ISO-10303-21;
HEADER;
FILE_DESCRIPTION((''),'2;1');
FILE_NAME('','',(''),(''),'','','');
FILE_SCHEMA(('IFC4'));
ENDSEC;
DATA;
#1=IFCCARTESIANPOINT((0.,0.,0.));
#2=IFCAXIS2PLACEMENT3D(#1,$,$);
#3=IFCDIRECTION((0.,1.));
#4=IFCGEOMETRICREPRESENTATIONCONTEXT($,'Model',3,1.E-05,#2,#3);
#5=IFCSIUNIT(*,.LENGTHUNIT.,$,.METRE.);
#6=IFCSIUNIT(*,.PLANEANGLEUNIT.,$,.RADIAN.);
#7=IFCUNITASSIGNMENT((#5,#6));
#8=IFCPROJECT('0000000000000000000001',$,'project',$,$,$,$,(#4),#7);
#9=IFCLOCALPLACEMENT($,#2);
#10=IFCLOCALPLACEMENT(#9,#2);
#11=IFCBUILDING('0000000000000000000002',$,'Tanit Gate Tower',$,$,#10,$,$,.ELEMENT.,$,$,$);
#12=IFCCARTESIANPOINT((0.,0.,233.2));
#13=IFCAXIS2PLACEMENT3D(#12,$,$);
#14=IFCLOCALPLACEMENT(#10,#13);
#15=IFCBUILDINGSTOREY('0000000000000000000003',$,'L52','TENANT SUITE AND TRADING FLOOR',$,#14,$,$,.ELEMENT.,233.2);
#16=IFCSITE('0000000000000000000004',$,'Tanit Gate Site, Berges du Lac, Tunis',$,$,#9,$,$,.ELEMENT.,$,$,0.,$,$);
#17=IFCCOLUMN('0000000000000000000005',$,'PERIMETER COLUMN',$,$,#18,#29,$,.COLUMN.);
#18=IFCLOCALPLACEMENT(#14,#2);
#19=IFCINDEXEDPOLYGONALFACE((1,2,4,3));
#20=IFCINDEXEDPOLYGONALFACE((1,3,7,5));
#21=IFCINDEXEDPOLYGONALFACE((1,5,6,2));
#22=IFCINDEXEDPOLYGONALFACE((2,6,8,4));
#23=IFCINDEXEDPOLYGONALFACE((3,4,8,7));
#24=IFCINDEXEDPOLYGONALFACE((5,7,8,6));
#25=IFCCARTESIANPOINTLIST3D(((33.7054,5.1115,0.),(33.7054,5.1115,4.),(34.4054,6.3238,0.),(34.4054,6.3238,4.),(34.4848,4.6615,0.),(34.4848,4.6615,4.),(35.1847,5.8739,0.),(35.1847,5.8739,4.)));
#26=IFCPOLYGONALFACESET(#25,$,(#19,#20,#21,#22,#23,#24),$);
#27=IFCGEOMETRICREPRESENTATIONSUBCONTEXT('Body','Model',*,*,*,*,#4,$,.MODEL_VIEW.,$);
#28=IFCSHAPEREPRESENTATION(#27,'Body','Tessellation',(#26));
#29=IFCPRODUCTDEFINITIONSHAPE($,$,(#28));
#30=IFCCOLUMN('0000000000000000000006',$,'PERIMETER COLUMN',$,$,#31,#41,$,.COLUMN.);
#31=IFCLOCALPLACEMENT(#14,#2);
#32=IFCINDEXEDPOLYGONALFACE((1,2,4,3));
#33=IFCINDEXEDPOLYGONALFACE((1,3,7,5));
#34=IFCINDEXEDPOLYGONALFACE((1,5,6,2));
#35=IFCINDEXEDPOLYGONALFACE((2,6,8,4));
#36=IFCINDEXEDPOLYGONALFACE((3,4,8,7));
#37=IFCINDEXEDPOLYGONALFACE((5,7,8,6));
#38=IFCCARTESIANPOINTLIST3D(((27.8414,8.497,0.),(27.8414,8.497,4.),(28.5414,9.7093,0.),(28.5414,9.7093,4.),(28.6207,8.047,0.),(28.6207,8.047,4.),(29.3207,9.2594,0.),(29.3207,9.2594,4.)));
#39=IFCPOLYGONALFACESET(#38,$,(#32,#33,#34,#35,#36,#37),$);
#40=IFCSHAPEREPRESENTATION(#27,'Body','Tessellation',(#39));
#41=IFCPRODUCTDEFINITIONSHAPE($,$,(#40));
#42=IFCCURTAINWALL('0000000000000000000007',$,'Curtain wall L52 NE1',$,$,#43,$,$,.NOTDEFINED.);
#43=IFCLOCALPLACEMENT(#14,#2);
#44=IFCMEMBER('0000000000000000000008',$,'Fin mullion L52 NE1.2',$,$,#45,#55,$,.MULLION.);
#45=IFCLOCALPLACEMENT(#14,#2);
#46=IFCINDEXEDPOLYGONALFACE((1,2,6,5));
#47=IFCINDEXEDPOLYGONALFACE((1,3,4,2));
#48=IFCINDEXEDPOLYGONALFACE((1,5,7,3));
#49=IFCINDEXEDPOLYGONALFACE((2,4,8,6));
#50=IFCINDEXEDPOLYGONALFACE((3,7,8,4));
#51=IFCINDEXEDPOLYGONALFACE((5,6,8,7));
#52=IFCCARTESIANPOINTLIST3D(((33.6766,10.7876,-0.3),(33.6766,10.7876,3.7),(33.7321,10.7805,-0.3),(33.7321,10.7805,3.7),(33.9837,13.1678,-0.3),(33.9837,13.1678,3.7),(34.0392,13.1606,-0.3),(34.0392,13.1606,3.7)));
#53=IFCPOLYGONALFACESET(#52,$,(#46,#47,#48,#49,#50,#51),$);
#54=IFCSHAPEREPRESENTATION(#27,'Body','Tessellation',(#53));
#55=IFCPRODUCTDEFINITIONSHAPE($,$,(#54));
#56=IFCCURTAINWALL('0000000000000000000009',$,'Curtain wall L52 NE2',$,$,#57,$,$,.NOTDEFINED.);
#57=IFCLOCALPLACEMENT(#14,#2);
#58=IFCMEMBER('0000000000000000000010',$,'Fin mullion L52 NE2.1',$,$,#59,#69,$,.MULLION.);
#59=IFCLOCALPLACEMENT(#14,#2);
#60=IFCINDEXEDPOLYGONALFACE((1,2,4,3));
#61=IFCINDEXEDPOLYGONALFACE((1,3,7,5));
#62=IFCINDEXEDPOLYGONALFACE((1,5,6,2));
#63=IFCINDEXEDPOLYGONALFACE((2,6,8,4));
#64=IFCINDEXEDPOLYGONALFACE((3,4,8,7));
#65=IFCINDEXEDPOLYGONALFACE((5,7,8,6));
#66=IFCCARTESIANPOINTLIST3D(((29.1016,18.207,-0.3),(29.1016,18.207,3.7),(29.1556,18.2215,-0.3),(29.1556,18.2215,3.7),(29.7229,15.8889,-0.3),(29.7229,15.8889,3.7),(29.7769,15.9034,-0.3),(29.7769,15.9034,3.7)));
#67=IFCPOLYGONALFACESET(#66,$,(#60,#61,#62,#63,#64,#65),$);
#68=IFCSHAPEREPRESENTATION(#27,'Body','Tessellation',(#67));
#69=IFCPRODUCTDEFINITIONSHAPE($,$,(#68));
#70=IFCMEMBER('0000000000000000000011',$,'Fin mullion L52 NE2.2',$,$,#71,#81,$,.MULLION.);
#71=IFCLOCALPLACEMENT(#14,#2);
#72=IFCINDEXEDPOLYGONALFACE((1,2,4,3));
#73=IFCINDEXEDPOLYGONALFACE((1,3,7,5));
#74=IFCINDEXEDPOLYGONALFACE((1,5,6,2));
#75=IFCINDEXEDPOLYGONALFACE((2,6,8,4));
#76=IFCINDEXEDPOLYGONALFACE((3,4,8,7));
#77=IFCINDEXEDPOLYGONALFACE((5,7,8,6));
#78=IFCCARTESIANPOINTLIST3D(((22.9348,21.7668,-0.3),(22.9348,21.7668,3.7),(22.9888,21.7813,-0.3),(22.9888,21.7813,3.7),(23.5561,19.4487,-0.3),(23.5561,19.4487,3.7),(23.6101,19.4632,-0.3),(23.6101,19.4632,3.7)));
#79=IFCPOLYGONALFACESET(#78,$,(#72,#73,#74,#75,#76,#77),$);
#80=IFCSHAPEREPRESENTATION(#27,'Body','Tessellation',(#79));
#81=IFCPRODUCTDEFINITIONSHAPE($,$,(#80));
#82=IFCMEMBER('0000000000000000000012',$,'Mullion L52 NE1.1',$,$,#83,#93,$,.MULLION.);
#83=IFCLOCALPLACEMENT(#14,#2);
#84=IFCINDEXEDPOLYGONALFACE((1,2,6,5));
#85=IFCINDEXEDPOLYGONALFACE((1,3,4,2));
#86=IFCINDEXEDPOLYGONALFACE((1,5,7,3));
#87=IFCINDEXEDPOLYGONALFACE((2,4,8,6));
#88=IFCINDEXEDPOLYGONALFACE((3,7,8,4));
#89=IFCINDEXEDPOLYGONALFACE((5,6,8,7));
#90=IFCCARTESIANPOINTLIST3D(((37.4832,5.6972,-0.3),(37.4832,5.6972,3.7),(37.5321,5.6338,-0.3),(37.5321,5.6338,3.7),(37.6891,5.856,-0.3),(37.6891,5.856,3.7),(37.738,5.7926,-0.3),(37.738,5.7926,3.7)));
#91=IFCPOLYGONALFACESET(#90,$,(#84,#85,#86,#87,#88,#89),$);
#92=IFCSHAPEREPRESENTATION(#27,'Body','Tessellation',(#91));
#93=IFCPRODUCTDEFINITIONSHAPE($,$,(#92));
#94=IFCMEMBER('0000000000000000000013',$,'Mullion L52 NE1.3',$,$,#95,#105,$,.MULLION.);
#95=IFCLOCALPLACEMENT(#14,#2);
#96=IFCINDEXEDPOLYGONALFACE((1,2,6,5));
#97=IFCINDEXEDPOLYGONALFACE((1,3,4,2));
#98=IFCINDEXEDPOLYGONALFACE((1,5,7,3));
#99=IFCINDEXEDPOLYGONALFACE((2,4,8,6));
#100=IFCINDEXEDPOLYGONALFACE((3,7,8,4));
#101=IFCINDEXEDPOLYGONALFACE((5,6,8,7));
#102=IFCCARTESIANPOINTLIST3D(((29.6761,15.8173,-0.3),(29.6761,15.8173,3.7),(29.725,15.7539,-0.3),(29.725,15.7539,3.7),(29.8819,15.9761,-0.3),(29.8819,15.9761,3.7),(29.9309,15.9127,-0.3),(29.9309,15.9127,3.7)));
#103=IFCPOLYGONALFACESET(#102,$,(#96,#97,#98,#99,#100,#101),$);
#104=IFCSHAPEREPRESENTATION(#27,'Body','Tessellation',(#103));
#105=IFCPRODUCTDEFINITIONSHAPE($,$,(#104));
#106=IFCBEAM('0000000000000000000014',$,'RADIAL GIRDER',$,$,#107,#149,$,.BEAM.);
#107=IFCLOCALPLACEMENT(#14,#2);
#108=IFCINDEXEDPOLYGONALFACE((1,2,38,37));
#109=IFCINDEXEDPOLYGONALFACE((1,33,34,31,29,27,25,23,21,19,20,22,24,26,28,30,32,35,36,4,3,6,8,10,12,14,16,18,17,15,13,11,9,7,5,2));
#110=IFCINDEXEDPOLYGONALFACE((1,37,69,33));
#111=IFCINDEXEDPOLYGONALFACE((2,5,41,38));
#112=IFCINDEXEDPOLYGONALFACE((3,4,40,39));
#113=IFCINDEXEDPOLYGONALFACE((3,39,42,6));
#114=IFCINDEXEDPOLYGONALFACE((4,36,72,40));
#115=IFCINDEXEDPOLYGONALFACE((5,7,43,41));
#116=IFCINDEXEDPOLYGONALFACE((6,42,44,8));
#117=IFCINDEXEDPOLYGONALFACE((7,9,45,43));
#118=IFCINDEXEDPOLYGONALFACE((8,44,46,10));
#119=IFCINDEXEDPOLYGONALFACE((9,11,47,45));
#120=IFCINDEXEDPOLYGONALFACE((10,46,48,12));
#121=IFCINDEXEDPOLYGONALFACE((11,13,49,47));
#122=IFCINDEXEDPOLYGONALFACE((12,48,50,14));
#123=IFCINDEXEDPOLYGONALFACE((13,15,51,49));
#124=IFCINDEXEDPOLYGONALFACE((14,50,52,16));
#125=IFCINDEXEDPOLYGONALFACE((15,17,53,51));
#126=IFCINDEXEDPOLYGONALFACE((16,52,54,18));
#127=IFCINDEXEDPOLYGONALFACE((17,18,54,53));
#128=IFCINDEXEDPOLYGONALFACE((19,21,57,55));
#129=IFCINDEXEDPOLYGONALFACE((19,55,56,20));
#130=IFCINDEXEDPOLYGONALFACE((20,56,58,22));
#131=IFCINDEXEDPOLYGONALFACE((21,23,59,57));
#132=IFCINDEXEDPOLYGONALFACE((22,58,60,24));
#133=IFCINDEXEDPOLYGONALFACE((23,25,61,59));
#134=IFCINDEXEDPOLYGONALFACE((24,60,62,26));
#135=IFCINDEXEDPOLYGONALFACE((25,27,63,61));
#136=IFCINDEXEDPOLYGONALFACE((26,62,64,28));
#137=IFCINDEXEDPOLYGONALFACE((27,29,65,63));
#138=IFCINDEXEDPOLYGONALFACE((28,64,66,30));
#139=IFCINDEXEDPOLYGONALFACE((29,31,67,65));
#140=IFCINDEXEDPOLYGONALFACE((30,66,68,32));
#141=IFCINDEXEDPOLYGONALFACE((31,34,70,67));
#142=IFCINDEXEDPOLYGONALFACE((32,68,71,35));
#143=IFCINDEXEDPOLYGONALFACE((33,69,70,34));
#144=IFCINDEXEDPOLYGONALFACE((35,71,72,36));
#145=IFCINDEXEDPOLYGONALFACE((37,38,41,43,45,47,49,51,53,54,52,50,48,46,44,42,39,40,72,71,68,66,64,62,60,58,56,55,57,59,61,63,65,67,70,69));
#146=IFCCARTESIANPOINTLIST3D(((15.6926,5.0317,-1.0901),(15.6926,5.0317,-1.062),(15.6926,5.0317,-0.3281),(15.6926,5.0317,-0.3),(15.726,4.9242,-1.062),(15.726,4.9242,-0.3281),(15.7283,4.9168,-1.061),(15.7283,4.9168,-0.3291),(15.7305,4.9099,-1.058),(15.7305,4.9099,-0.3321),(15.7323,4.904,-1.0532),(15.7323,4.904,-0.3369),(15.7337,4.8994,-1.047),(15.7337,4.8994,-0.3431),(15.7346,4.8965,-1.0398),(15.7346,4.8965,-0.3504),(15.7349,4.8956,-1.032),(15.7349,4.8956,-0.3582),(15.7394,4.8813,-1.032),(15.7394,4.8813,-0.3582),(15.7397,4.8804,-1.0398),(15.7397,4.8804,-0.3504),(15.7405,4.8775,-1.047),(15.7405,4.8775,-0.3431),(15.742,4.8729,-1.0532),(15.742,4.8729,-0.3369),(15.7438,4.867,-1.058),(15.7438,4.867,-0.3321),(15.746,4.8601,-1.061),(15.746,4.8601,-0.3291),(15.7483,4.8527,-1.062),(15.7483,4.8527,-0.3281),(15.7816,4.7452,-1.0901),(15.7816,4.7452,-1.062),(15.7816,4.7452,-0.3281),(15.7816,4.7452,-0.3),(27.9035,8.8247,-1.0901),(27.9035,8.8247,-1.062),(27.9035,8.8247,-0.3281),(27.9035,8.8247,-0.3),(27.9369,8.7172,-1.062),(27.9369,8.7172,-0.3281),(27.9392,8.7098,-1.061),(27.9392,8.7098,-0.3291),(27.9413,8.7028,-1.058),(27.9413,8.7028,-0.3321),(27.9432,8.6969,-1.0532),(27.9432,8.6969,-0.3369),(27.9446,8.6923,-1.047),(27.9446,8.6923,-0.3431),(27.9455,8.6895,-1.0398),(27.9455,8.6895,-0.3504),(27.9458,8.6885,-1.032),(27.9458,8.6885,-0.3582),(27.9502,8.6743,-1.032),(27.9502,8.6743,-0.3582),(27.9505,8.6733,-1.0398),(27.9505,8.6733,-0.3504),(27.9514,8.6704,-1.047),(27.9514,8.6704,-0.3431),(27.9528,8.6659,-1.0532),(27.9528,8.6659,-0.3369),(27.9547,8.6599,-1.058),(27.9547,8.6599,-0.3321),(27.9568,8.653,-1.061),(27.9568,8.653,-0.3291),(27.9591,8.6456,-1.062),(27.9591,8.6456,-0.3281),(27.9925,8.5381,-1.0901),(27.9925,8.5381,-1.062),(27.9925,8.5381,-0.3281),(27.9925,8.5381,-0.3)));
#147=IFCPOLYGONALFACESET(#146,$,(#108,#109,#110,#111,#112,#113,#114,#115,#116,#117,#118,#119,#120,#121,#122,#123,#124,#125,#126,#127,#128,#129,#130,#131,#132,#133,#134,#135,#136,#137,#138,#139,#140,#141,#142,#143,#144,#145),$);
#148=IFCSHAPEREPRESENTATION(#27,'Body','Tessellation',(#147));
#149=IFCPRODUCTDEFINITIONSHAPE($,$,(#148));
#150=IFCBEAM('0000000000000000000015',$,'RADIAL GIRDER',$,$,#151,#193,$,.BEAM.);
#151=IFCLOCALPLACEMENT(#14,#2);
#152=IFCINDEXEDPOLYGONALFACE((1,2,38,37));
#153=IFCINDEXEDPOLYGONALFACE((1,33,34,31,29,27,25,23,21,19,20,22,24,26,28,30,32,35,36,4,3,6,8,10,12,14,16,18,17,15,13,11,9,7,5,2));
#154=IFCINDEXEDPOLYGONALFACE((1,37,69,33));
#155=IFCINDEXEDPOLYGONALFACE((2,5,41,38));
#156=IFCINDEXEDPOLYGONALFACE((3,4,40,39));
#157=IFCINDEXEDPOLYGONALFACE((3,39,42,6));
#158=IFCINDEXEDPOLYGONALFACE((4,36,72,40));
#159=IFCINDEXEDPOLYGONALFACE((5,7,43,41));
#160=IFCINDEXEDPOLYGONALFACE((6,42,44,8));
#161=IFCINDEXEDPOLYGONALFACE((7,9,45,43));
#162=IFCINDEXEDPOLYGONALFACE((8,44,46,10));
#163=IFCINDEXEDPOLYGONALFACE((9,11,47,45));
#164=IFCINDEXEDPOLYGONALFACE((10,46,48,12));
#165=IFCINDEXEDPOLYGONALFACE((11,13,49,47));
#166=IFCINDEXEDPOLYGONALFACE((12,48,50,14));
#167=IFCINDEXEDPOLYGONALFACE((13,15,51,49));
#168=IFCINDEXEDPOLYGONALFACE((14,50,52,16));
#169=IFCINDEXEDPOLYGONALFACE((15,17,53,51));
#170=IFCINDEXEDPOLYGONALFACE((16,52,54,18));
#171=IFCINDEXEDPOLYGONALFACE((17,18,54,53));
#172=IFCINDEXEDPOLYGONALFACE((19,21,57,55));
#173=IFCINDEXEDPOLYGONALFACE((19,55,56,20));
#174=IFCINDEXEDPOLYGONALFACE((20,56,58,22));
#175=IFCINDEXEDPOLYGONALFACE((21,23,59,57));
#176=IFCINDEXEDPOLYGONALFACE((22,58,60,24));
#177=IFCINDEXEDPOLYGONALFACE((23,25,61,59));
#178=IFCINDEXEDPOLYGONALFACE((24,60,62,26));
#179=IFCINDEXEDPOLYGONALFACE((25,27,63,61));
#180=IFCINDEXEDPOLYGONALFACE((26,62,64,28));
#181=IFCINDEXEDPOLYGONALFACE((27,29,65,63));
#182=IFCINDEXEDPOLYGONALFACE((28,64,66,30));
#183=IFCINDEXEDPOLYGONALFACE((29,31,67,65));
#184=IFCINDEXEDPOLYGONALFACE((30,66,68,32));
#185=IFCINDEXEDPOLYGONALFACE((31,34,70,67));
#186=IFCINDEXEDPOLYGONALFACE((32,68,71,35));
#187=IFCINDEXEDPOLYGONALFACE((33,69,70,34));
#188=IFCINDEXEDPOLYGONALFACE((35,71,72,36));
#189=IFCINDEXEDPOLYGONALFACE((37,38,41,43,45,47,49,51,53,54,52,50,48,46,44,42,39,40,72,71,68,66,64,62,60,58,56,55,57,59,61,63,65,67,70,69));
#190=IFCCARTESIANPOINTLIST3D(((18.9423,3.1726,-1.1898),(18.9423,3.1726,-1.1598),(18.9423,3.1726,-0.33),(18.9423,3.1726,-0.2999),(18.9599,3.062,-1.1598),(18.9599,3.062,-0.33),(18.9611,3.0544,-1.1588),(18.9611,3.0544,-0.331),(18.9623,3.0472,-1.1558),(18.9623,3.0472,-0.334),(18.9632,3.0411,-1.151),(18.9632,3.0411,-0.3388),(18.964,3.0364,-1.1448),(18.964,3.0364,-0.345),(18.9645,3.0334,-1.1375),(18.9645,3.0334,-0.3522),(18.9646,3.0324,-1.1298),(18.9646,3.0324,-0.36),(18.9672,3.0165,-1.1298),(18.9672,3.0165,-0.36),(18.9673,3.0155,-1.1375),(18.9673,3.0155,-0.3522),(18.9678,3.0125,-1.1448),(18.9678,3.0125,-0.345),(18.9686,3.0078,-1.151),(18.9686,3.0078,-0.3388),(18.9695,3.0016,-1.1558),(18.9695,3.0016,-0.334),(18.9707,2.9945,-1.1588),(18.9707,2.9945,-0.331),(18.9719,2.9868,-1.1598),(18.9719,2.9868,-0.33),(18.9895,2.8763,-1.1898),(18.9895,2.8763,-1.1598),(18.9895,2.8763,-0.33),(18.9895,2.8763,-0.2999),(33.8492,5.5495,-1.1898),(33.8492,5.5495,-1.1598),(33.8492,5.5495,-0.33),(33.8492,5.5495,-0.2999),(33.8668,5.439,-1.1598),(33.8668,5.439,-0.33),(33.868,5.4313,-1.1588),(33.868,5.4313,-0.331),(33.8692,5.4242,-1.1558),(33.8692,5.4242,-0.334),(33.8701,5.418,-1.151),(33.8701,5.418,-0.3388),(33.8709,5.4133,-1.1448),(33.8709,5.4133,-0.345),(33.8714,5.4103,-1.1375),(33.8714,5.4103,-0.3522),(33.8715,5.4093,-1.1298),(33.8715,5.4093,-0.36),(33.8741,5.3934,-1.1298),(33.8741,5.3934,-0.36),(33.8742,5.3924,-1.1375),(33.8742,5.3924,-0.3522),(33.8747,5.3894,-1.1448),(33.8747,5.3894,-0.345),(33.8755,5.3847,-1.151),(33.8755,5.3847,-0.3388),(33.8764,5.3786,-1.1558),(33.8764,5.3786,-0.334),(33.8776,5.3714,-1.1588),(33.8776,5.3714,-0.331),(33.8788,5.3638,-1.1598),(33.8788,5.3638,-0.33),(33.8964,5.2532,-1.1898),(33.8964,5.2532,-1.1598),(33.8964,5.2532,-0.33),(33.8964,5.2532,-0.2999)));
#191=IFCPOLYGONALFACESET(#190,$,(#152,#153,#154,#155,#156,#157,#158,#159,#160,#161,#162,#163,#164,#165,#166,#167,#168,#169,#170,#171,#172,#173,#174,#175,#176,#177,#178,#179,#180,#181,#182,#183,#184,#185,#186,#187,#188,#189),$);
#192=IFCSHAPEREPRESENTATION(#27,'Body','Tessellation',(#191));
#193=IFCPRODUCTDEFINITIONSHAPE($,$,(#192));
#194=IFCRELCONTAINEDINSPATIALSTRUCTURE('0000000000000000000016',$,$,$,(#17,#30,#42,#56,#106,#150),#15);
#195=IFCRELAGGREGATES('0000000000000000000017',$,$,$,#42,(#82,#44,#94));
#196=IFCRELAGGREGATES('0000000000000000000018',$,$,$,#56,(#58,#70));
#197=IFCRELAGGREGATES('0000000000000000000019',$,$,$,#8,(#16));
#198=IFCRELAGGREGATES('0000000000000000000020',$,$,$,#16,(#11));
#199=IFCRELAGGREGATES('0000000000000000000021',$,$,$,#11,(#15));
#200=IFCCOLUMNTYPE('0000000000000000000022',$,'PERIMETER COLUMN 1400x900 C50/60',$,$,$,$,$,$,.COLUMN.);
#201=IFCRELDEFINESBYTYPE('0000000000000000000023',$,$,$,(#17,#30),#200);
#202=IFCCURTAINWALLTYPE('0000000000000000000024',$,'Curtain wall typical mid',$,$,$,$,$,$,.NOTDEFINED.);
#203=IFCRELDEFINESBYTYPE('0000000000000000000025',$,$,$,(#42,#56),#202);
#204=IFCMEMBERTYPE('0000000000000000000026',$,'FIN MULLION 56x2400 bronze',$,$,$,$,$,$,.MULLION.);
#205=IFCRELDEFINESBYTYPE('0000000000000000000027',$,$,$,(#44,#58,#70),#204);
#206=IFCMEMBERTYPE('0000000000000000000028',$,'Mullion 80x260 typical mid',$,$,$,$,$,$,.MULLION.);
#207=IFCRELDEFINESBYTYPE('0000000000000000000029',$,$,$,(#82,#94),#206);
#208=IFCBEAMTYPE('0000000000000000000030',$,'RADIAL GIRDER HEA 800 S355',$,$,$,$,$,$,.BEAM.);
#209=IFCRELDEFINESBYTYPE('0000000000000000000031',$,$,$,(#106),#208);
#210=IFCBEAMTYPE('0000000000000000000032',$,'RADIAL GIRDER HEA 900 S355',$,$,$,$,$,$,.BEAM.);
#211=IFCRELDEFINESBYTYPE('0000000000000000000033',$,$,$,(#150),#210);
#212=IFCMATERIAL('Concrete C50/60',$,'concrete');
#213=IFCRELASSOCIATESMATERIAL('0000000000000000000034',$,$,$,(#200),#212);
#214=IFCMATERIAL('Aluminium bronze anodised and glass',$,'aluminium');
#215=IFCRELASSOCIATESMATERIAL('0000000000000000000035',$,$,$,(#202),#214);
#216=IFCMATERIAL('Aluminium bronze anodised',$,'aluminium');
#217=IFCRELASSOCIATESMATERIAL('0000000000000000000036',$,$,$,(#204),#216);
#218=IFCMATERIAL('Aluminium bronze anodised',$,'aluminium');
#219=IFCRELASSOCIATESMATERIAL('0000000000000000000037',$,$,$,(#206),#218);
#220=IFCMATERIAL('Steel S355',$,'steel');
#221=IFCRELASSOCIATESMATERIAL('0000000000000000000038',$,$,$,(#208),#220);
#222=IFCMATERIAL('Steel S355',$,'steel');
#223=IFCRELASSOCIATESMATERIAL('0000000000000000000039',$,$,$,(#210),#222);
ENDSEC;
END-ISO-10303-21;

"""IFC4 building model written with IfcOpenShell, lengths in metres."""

from ifc_helpers import new_model, si_unit, direction, frame, origin, origin_2d, place, context, subcontext, project, spatial, rectangle, i_section, extrude, material, material_profile, profile_set, type_object, element, aggregate, save


model = new_model("IFC4")

# Units and contexts
model_context = context("Model", 3, precision=1e-05, world=origin(), true_north=direction((0.0, 1.0)))
body_context = subcontext(model_context, "Body", "Model", "MODEL_VIEW")
ifc_project = project(units=[si_unit("LENGTHUNIT", "METRE"), si_unit("PLANEANGLEUNIT", "RADIAN")], contexts=[model_context])

# Site, building, storey
site_placement = place(None, origin())
site = spatial("IfcSite", under=ifc_project, at=site_placement, Name="Tanit Gate Site, Berges du Lac, Tunis", CompositionType="ELEMENT", RefElevation=0.0)
building_placement = place(site_placement, origin())
building = spatial("IfcBuilding", under=site, at=building_placement, Name="Tanit Gate Tower", CompositionType="ELEMENT")
storey_placement = place(building_placement, frame((0.0, 0.0, 233.2)))
storey = spatial("IfcBuildingStorey", under=building, at=storey_placement, Name="L52", Description="TENANT SUITE AND TRADING FLOOR", CompositionType="ELEMENT", Elevation=233.2)

# Columns
ifc_material_1 = material(Name="Concrete C50/60", Category="concrete")
ifc_material_profile_1 = material_profile(ifc_material_1, rectangle(XDim=1.3999, YDim=0.8999, at=origin_2d()), Name="RC 1400x900")
ifc_profile_set_1 = profile_set([ifc_material_profile_1], Name="Concrete C50/60")
column_type = type_object("IfcColumnType", Name="PERIMETER COLUMN 1400x900 C50/60", PredefinedType="COLUMN", material=ifc_profile_set_1)
for number, where, z_axis, x_axis, name in (
    (1, (34.4451, 5.4927, 0.0), (0.0, 0.0, 1.0), (0.5, 0.866025, 0.0), "PERIMETER COLUMN"),
    (2, (28.5811, 8.8782, 0.0), (0.0, 0.0, 1.0), (0.5, 0.866025, 0.0), "PERIMETER COLUMN"),
):
    element("IfcColumn", number, at=place(storey_placement, frame(where, z_axis=z_axis, x_axis=x_axis)), inside=storey, type_object=column_type, Name=name, PredefinedType="COLUMN", context=body_context, shape_type="SweptSolid", body=[
        extrude(rectangle(XDim=1.3999, YDim=0.8999, at=origin_2d()), origin(), (0.0, 0.0, 1.0), 4.0),
    ])

# Curtain wall, member
ifc_material_2 = material(Name="Aluminium bronze anodised and glass", Category="aluminium")
curtain_wall_type = type_object("IfcCurtainWallType", Name="Curtain wall typical mid", PredefinedType="NOTDEFINED", material=ifc_material_2)
curtain_wall_1_placement = place(storey_placement, origin())
curtain_wall_1 = element("IfcCurtainWall", 3, at=curtain_wall_1_placement, inside=storey, type_object=curtain_wall_type, Name="Curtain wall L52 NE1", PredefinedType="NOTDEFINED")
ifc_material_3 = material(Name="Aluminium bronze anodised", Category="aluminium")
ifc_material_profile_2 = material_profile(ifc_material_3, rectangle(XDim=2.3999, YDim=0.0559, at=origin_2d()), Name="56x2400 bronze fin mullion")
ifc_profile_set_2 = profile_set([ifc_material_profile_2], Name="Aluminium bronze anodised")
member_type_1 = type_object("IfcMemberType", Name="FIN MULLION 56x2400 bronze", PredefinedType="MULLION", material=ifc_profile_set_2)
member_1_placement = place(storey_placement, frame((33.8579, 11.9741, -0.3), z_axis=(0.0, 0.0, 1.0), x_axis=(-0.127959, -0.991779, 0.0)))
member_1 = element("IfcMember", 4, at=member_1_placement, type_object=member_type_1, Name="Fin mullion L52 NE1.2", PredefinedType="MULLION", context=body_context, shape_type="SweptSolid", body=[
    extrude(rectangle(XDim=2.3999, YDim=0.0559, at=origin_2d()), origin(), (0.0, 0.0, 1.0), 4.0),
])

# Curtain wall, members
curtain_wall_2_placement = place(storey_placement, origin())
curtain_wall_2 = element("IfcCurtainWall", 5, at=curtain_wall_2_placement, inside=storey, type_object=curtain_wall_type, Name="Curtain wall L52 NE2", PredefinedType="NOTDEFINED")
member_2_placement = place(storey_placement, frame((29.4392, 17.0552, -0.3), z_axis=(0.0, 0.0, 1.0), x_axis=(0.258886, -0.965908, 0.0)))
member_2 = element("IfcMember", 6, at=member_2_placement, type_object=member_type_1, Name="Fin mullion L52 NE2.1", PredefinedType="MULLION", context=body_context, shape_type="SweptSolid", body=[
    extrude(rectangle(XDim=2.3999, YDim=0.0559, at=origin_2d()), origin(), (0.0, 0.0, 1.0), 4.0),
])
member_3_placement = place(storey_placement, frame((23.2725, 20.615, -0.3), z_axis=(0.0, 0.0, 1.0), x_axis=(0.258886, -0.965908, 0.0)))
member_3 = element("IfcMember", 7, at=member_3_placement, type_object=member_type_1, Name="Fin mullion L52 NE2.2", PredefinedType="MULLION", context=body_context, shape_type="SweptSolid", body=[
    extrude(rectangle(XDim=2.3999, YDim=0.0559, at=origin_2d()), origin(), (0.0, 0.0, 1.0), 4.0),
])

# Members
ifc_material_4 = material(Name="Aluminium bronze anodised", Category="aluminium")
ifc_material_profile_3 = material_profile(ifc_material_4, rectangle(XDim=0.26, YDim=0.0801, at=origin_2d()), Name="80x260 bronze mullion")
ifc_profile_set_3 = profile_set([ifc_material_profile_3], Name="Aluminium bronze anodised")
member_type_2 = type_object("IfcMemberType", Name="Mullion 80x260 typical mid", PredefinedType="MULLION", material=ifc_profile_set_3)
member_4_placement = place(storey_placement, frame((37.6106, 5.7449, -0.3), z_axis=(0.0, 0.0, 1.0), x_axis=(-0.791775, -0.610813, 0.0)))
member_4 = element("IfcMember", 8, at=member_4_placement, type_object=member_type_2, Name="Mullion L52 NE1.1", PredefinedType="MULLION", context=body_context, shape_type="SweptSolid", body=[
    extrude(rectangle(XDim=0.26, YDim=0.0801, at=origin_2d()), origin(), (0.0, 0.0, 1.0), 4.0),
])
member_5_placement = place(storey_placement, frame((29.8035, 15.865, -0.3), z_axis=(0.0, 0.0, 1.0), x_axis=(-0.791775, -0.610813, 0.0)))
member_5 = element("IfcMember", 9, at=member_5_placement, type_object=member_type_2, Name="Mullion L52 NE1.3", PredefinedType="MULLION", context=body_context, shape_type="SweptSolid", body=[
    extrude(rectangle(XDim=0.26, YDim=0.0801, at=origin_2d()), origin(), (0.0, 0.0, 1.0), 4.0),
])

# Beams
ifc_material_5 = material(Name="Steel S355", Category="steel")
ifc_material_profile_4 = material_profile(ifc_material_5, i_section(OverallWidth=0.3, OverallDepth=0.79, WebThickness=0.0149, FlangeThickness=0.0281, FilletRadius=0.03, at=origin_2d()), Name="HEA 800")
ifc_profile_set_4 = profile_set([ifc_material_profile_4], Name="Steel S355")
beam_type_1 = type_object("IfcBeamType", Name="RADIAL GIRDER HEA 800 S355", PredefinedType="BEAM", material=ifc_profile_set_4)
beam_1_placement = place(storey_placement, frame((27.948, 8.6814, -0.6951), z_axis=(-0.95499, -0.296639, 0.0), x_axis=(0.296639, -0.95499, 0.0)))
element("IfcBeam", 10, at=beam_1_placement, inside=storey, type_object=beam_type_1, Name="RADIAL GIRDER", PredefinedType="BEAM", context=body_context, shape_type="SweptSolid", body=[
    extrude(i_section(OverallWidth=0.3, OverallDepth=0.79, WebThickness=0.0149, FlangeThickness=0.0281, FilletRadius=0.03, at=origin_2d()), origin(), (0.0, 0.0, 1.0), 12.7864),
])
ifc_material_6 = material(Name="Steel S355", Category="steel")
ifc_material_profile_5 = material_profile(ifc_material_6, i_section(OverallWidth=0.3, OverallDepth=0.8899, WebThickness=0.0161, FlangeThickness=0.03, FilletRadius=0.03, at=origin_2d()), Name="HEA 900")
ifc_profile_set_5 = profile_set([ifc_material_profile_5], Name="Steel S355")
beam_type_2 = type_object("IfcBeamType", Name="RADIAL GIRDER HEA 900 S355", PredefinedType="BEAM", material=ifc_profile_set_5)
beam_2_placement = place(storey_placement, frame((33.8728, 5.4014, -0.7449), z_axis=(-0.987525, -0.157463, 0.0), x_axis=(0.157463, -0.987525, 0.0)))
element("IfcBeam", 11, at=beam_2_placement, inside=storey, type_object=beam_type_2, Name="RADIAL GIRDER", PredefinedType="BEAM", context=body_context, shape_type="SweptSolid", body=[
    extrude(i_section(OverallWidth=0.3, OverallDepth=0.8899, WebThickness=0.0161, FlangeThickness=0.03, FilletRadius=0.03, at=origin_2d()), origin(), (0.0, 0.0, 1.0), 15.0952),
])

aggregate(curtain_wall_1, [member_4, member_1, member_5])
aggregate(curtain_wall_2, [member_2, member_3])

save(model, "model.ifc")
